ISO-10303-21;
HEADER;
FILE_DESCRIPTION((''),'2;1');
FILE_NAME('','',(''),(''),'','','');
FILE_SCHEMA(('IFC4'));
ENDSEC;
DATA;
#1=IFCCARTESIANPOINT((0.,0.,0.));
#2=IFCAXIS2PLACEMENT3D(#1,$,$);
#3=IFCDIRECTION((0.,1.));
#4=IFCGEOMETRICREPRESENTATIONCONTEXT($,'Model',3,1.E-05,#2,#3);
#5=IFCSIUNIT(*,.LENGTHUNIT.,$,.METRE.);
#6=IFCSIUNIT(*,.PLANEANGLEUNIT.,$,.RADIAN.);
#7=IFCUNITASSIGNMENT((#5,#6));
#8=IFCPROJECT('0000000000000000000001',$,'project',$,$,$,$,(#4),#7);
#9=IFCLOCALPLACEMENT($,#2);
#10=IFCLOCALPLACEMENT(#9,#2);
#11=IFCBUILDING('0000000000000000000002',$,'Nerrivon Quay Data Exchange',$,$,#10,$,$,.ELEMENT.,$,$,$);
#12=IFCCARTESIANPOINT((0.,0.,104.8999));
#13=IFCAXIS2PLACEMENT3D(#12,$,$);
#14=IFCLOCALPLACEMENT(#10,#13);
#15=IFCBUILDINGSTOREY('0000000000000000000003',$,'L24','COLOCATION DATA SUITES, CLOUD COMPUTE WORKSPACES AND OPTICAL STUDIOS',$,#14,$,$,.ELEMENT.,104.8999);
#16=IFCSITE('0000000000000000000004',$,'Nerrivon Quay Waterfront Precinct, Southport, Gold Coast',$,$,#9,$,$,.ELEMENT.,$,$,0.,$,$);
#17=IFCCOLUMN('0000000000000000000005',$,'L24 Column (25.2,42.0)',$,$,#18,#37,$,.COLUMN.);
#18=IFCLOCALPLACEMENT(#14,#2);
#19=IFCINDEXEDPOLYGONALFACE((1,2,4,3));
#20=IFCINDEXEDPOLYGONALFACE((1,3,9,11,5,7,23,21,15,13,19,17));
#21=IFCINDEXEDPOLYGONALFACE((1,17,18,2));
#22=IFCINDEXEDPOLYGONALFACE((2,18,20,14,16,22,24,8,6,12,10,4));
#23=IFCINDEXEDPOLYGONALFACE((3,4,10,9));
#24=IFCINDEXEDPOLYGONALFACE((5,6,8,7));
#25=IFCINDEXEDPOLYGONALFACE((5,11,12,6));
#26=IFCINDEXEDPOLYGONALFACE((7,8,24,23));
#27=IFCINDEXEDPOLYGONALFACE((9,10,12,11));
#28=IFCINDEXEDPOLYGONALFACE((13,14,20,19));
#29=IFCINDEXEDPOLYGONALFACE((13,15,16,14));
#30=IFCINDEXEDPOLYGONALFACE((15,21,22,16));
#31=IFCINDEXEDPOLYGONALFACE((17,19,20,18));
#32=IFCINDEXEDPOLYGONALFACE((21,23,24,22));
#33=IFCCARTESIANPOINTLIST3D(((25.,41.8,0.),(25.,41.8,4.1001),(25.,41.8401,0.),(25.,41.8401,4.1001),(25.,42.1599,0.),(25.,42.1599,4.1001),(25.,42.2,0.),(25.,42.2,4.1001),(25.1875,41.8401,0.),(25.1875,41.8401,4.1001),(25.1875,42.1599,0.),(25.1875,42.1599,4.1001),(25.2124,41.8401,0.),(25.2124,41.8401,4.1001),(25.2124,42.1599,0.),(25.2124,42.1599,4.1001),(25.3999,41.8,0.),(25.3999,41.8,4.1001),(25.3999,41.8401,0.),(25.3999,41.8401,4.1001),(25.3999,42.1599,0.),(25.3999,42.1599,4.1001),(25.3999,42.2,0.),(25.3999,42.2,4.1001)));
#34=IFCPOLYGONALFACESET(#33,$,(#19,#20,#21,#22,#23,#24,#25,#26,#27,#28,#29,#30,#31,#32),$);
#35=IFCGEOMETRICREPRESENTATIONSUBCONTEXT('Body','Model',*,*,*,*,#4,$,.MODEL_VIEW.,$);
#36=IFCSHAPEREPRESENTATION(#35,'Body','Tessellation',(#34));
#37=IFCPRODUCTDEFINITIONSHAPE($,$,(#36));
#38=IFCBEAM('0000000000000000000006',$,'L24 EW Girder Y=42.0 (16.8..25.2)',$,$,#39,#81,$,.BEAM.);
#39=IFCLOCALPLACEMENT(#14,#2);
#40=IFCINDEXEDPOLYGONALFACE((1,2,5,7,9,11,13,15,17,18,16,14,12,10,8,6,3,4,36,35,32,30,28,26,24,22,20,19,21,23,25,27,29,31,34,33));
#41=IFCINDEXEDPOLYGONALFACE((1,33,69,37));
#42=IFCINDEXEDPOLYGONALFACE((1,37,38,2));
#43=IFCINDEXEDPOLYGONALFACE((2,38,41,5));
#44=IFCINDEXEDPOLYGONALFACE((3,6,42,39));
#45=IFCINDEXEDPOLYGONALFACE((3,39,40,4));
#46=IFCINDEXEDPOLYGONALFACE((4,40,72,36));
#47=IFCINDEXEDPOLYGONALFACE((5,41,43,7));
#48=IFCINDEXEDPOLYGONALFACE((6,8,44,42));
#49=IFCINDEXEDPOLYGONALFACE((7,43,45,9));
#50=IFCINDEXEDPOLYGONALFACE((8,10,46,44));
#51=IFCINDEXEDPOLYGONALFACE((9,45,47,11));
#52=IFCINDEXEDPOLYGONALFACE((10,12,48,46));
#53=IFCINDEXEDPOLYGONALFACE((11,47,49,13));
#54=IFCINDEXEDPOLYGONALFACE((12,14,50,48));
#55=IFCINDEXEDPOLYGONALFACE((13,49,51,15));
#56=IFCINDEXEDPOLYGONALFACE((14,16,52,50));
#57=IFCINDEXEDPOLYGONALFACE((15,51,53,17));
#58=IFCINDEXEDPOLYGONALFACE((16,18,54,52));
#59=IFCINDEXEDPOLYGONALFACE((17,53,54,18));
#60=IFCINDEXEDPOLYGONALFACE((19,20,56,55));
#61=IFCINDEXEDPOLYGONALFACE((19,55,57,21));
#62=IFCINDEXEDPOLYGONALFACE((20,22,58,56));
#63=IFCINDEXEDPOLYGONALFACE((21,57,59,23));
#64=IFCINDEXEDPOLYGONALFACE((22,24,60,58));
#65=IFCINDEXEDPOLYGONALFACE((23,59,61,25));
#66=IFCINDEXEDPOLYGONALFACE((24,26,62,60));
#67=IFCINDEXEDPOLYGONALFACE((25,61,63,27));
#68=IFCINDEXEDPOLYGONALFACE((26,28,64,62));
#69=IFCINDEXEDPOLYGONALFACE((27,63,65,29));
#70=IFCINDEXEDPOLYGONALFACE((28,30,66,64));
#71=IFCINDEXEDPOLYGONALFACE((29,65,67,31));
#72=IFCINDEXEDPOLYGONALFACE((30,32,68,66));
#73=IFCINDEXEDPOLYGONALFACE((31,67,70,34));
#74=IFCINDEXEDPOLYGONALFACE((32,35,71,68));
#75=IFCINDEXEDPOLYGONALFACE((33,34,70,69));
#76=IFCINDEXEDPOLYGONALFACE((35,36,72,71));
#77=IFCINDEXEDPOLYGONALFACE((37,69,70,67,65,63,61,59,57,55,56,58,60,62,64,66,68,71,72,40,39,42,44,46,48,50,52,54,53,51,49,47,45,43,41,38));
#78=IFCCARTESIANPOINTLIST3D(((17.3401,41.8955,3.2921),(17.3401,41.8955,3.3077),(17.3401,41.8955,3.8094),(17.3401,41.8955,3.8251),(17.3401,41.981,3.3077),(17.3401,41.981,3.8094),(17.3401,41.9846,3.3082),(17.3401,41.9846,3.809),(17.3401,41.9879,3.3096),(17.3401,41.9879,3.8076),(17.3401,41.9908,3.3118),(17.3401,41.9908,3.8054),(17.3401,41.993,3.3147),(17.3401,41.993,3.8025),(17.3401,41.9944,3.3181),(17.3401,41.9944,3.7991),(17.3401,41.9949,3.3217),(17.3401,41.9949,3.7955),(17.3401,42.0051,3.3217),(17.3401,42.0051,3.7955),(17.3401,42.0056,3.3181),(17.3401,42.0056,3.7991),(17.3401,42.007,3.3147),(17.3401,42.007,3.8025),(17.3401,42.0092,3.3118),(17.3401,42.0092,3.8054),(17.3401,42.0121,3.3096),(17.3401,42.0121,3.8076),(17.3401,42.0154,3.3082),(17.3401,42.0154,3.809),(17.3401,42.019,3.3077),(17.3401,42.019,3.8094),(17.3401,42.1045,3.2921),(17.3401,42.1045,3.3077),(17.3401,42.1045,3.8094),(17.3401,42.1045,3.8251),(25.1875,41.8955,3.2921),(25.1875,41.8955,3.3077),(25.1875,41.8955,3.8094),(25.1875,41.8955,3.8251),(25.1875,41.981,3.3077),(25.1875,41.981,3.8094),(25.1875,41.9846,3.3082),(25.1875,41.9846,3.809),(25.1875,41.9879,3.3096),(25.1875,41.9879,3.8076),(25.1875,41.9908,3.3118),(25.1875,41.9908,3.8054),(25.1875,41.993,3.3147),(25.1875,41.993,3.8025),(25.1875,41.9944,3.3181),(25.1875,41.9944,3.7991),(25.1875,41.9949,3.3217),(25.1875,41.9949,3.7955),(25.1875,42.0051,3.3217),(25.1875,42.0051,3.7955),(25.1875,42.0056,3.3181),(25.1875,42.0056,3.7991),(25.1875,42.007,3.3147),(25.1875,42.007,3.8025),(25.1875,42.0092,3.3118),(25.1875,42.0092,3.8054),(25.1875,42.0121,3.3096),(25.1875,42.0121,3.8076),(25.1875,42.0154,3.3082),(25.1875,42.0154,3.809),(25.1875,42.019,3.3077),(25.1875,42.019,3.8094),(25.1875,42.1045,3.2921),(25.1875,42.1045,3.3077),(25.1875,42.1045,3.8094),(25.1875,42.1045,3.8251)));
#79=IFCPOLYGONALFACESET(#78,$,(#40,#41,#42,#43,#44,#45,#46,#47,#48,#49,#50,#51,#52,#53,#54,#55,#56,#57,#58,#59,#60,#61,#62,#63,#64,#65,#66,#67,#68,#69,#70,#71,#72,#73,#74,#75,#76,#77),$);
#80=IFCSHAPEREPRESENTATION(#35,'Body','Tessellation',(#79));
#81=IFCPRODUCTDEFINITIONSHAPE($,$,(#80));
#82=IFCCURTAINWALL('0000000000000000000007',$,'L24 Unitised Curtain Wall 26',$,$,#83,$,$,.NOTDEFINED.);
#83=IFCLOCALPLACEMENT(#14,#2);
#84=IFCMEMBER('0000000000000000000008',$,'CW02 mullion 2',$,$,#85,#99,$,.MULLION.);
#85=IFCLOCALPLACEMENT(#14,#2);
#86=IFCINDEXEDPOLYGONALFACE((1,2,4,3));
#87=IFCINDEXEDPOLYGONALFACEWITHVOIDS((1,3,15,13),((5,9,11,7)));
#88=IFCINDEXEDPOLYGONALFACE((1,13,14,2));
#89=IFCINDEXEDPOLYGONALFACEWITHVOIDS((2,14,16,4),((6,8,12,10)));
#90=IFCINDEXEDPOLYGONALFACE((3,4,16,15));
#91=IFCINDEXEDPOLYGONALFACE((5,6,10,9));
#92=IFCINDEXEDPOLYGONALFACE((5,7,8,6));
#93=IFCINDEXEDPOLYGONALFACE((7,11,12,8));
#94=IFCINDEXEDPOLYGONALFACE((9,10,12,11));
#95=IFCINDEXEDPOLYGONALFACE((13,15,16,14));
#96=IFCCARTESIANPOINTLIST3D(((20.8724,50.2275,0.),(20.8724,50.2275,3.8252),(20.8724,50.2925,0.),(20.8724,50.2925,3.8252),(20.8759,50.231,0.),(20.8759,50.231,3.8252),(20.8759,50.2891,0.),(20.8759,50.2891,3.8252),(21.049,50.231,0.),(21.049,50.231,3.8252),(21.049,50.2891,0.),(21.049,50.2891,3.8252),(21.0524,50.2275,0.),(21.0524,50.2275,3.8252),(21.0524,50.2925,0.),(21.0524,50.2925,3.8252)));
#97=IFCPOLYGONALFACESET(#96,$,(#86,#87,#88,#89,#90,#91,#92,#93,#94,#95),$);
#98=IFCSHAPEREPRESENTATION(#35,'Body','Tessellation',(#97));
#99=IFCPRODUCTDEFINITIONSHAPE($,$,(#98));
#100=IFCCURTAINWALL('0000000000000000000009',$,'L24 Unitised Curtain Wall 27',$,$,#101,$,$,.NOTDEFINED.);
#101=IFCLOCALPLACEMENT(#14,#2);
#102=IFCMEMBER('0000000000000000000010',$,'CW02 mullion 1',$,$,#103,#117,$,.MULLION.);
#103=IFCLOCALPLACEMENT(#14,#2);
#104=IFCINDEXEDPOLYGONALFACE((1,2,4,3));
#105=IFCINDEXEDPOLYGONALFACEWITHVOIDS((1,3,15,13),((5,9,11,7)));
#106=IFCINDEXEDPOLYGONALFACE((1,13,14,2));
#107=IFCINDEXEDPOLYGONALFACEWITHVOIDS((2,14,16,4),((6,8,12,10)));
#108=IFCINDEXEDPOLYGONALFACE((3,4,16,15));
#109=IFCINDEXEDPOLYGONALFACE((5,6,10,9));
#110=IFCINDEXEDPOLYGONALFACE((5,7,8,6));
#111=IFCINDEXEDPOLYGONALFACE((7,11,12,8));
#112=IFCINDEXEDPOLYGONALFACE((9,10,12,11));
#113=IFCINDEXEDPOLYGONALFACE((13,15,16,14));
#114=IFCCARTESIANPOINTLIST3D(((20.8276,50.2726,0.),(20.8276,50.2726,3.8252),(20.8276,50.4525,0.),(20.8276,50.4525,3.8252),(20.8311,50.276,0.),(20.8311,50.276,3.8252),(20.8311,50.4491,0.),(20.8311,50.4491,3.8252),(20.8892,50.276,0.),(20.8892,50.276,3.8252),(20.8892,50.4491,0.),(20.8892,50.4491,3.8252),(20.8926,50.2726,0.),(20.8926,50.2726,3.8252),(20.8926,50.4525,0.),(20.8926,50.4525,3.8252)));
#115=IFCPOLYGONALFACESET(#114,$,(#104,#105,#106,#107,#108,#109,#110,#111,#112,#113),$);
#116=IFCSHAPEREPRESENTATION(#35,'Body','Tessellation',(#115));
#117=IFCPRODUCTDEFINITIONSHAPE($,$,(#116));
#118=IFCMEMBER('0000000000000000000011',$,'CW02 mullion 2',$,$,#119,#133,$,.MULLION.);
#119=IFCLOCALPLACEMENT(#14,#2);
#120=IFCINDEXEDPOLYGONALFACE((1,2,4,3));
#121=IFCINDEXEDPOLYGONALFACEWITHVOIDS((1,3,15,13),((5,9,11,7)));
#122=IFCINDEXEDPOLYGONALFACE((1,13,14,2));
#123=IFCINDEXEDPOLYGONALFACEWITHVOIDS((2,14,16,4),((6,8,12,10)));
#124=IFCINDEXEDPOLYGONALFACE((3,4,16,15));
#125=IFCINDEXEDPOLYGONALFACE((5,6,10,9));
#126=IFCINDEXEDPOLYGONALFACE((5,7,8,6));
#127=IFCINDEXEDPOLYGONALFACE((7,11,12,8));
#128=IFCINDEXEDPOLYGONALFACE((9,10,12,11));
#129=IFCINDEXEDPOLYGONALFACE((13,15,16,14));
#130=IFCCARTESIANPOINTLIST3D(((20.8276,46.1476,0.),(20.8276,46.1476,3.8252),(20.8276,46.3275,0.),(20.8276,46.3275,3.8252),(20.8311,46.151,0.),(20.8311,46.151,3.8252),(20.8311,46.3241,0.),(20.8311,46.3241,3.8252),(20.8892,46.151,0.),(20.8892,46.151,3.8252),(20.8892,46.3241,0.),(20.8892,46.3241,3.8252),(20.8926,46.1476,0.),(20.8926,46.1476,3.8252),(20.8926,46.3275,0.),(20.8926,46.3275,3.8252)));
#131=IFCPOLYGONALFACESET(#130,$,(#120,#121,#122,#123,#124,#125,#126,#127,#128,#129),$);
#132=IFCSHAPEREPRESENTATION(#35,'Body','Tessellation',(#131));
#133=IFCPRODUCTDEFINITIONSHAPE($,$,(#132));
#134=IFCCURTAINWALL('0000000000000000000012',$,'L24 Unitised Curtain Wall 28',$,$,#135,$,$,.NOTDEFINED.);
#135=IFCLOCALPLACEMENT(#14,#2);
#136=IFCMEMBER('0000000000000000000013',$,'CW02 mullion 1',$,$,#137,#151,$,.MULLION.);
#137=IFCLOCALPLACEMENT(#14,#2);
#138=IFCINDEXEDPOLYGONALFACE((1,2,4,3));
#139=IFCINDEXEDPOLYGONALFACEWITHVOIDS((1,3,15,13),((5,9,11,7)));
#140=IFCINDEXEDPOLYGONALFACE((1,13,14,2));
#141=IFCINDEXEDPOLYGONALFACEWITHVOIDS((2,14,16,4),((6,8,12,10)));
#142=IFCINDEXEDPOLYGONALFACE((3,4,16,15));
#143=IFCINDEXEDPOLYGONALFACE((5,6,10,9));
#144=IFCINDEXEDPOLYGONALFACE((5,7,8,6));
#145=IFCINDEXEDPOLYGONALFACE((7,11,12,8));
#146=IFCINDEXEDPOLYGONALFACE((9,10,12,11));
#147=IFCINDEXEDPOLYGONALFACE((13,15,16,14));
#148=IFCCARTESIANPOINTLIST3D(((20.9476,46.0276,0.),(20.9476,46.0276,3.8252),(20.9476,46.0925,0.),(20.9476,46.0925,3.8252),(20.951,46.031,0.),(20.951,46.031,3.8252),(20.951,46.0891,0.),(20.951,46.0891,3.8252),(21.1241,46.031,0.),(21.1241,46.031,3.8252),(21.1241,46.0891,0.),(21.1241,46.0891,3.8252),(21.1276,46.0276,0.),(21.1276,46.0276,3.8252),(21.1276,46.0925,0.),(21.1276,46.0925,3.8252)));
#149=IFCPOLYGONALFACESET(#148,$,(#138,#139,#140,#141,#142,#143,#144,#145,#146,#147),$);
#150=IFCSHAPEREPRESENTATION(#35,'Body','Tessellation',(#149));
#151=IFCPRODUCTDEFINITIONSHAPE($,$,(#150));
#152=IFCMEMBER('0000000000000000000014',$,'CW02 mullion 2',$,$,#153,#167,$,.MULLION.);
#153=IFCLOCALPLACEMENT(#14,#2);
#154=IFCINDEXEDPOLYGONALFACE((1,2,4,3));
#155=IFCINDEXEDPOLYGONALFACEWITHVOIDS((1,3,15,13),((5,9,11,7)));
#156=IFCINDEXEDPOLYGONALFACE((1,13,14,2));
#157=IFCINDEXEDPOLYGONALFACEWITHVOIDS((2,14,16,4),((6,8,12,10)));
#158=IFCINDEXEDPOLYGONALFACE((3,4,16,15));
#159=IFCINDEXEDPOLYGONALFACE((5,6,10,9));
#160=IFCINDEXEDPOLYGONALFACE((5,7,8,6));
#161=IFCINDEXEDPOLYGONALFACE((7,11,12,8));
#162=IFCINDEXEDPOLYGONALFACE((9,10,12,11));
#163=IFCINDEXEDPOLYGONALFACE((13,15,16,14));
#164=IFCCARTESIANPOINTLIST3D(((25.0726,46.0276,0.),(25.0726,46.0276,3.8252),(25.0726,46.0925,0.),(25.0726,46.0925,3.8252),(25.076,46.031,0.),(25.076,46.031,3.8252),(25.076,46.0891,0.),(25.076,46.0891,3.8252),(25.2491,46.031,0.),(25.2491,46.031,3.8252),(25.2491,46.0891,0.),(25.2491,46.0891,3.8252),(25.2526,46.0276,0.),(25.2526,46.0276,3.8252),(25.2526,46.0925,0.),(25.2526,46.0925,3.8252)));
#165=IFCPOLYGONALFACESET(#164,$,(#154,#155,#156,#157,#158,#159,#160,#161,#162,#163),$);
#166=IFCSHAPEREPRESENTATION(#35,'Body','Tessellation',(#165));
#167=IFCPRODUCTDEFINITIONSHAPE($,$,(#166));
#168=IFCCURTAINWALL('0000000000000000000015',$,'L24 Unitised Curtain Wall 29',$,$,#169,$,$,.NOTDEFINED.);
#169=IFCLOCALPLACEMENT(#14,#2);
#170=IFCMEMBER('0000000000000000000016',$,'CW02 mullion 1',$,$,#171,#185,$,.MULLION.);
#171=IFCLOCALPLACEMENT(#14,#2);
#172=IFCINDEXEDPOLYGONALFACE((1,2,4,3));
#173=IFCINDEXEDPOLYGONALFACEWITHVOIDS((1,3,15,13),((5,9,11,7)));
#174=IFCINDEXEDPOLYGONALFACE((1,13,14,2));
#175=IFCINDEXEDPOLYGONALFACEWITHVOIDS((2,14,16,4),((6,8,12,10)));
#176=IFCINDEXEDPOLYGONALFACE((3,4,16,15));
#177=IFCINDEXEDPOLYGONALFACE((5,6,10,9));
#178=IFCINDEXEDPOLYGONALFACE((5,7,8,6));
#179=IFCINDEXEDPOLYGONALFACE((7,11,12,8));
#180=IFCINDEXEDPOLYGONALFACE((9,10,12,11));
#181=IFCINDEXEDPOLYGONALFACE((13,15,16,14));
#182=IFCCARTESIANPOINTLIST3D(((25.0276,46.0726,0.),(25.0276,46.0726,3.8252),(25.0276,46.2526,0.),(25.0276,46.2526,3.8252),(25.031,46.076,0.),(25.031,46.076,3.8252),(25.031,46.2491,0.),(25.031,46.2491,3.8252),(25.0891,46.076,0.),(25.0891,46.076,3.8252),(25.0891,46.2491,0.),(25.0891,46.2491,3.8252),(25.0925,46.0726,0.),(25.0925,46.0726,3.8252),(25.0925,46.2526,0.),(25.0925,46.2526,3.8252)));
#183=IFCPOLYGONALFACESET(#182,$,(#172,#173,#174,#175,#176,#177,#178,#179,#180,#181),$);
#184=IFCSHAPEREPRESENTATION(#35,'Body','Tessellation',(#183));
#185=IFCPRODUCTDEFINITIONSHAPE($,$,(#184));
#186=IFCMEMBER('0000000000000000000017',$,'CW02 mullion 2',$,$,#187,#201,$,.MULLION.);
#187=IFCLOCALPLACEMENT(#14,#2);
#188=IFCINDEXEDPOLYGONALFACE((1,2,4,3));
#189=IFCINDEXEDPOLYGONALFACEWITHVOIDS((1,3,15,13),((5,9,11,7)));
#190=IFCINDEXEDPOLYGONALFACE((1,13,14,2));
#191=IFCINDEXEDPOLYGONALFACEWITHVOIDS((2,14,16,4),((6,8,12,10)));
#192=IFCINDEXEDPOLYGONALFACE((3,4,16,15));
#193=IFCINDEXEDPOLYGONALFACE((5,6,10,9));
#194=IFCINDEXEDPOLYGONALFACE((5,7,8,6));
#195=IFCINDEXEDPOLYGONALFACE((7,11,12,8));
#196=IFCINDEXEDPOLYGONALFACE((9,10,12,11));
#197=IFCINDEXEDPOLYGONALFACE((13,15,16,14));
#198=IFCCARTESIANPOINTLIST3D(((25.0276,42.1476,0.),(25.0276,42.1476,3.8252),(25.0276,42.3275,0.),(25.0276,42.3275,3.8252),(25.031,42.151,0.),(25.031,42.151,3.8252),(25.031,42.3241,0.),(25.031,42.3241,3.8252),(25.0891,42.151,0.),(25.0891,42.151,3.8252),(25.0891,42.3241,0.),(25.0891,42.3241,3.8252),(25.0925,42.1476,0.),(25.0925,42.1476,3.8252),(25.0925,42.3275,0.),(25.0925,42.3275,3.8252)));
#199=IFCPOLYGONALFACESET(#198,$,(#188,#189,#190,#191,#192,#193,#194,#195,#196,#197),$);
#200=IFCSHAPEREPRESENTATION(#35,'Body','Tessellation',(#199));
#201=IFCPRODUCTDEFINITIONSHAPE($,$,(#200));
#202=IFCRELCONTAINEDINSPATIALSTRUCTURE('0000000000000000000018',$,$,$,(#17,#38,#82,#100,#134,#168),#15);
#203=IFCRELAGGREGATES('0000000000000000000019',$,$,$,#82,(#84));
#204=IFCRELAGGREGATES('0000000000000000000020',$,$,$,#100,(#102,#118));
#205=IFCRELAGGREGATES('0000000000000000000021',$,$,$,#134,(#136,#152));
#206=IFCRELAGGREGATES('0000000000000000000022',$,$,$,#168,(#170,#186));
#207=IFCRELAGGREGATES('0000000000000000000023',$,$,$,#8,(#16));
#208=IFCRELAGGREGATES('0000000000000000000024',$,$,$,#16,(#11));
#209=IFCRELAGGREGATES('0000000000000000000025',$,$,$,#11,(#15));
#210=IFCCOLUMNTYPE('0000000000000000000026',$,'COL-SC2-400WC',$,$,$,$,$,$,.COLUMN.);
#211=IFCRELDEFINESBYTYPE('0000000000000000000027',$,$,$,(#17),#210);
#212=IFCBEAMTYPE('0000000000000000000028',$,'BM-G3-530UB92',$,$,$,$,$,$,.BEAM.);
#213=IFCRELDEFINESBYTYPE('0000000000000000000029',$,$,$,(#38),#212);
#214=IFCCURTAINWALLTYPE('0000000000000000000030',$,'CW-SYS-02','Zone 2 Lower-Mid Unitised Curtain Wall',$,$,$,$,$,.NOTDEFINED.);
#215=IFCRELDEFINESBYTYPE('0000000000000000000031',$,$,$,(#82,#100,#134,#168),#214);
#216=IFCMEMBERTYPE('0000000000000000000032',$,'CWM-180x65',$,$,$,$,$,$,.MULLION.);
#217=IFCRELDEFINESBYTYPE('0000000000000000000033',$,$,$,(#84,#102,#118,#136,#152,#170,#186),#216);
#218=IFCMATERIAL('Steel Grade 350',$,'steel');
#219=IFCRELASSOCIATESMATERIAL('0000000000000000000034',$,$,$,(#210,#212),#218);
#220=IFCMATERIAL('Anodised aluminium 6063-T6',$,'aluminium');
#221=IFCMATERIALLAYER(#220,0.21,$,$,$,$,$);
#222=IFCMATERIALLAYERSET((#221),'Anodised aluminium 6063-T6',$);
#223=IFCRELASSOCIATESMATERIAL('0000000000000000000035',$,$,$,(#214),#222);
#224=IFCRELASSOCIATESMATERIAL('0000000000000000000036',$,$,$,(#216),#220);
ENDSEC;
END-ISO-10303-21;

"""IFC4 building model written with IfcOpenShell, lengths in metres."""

from ifc_helpers import new_model, si_unit, direction, frame, origin, origin_2d, place, context, subcontext, project, spatial, hollow_rectangle, i_section, extrude, material, layer, layer_set, material_profile, profile_set, type_object, element, aggregate, save


model = new_model("IFC4")

# Units and contexts
model_context = context("Model", 3, precision=1e-05, world=origin(), true_north=direction((0.0, 1.0)))
body_context = subcontext(model_context, "Body", "Model", "MODEL_VIEW")
ifc_project = project(units=[si_unit("LENGTHUNIT", "METRE"), si_unit("PLANEANGLEUNIT", "RADIAN")], contexts=[model_context])

# Site, building, storey
site_placement = place(None, origin())
site = spatial("IfcSite", under=ifc_project, at=site_placement, Name="Nerrivon Quay Waterfront Precinct, Southport, Gold Coast", CompositionType="ELEMENT", RefElevation=0.0)
building_placement = place(site_placement, origin())
building = spatial("IfcBuilding", under=site, at=building_placement, Name="Nerrivon Quay Data Exchange", CompositionType="ELEMENT")
storey_placement = place(building_placement, frame((0.0, 0.0, 104.8999)))
storey = spatial("IfcBuildingStorey", under=building, at=storey_placement, Name="L24", Description="COLOCATION DATA SUITES, CLOUD COMPUTE WORKSPACES AND OPTICAL STUDIOS", CompositionType="ELEMENT", Elevation=104.8999)

# Column
ifc_material_1 = material(Name="Steel Grade 350", Category="steel")
ifc_material_profile_1 = material_profile(ifc_material_1, i_section(OverallWidth=0.3999, OverallDepth=0.3999, WebThickness=0.0249, FlangeThickness=0.04, at=origin_2d()), Name="400WC328")
ifc_profile_set_1 = profile_set([ifc_material_profile_1], Name="Steel Grade 350")
column_type = type_object("IfcColumnType", Name="COL-SC2-400WC", PredefinedType="COLUMN", material=ifc_profile_set_1)
column_placement = place(storey_placement, frame((25.2, 42.0, 0.0), z_axis=(0.0, 0.0, 1.0), x_axis=(1.0, 0.0, 0.0)))
element("IfcColumn", 1, at=column_placement, inside=storey, type_object=column_type, Name="L24 Column (25.2,42.0)", PredefinedType="COLUMN", context=body_context, shape_type="SweptSolid", body=[
    extrude(i_section(OverallWidth=0.3999, OverallDepth=0.3999, WebThickness=0.0249, FlangeThickness=0.04, at=origin_2d()), origin(), (0.0, 0.0, 1.0), 4.1001),
])

# Beam
ifc_material_profile_2 = material_profile(ifc_material_1, i_section(OverallWidth=0.209, OverallDepth=0.533, WebThickness=0.0103, FlangeThickness=0.0156, FilletRadius=0.0139, at=origin_2d()), Name="530UB92.4")
ifc_profile_set_2 = profile_set([ifc_material_profile_2], Name="Steel Grade 350")
beam_type = type_object("IfcBeamType", Name="BM-G3-530UB92", PredefinedType="BEAM", material=ifc_profile_set_2)
beam_placement = place(storey_placement, frame((17.3401, 42.0, 3.5586), z_axis=(1.0, 0.0, 0.0), x_axis=(0.0, 1.0, 0.0)))
element("IfcBeam", 2, at=beam_placement, inside=storey, type_object=beam_type, Name="L24 EW Girder Y=42.0 (16.8..25.2)", PredefinedType="BEAM", context=body_context, shape_type="SweptSolid", body=[
    extrude(i_section(OverallWidth=0.209, OverallDepth=0.533, WebThickness=0.0103, FlangeThickness=0.0156, FilletRadius=0.0139, at=origin_2d()), origin(), (0.0, 0.0, 1.0), 7.8474),
])

# Curtain wall, member
ifc_material_2 = material(Name="Anodised aluminium 6063-T6", Category="aluminium")
ifc_layer_1 = layer(ifc_material_2, 0.21)
ifc_layer_set_1 = layer_set([ifc_layer_1], Name="Anodised aluminium 6063-T6")
curtain_wall_type = type_object("IfcCurtainWallType", Name="CW-SYS-02", Description="Zone 2 Lower-Mid Unitised Curtain Wall", PredefinedType="NOTDEFINED", material=ifc_layer_set_1)
curtain_wall_1_placement = place(storey_placement, origin())
curtain_wall_1 = element("IfcCurtainWall", 3, at=curtain_wall_1_placement, inside=storey, type_object=curtain_wall_type, Name="L24 Unitised Curtain Wall 26", PredefinedType="NOTDEFINED")
ifc_material_profile_3 = material_profile(ifc_material_2, hollow_rectangle(XDim=0.0649, YDim=0.1799, WallThickness=0.0034, at=origin_2d()), Name="ALU-MULL-180x65")
ifc_profile_set_3 = profile_set([ifc_material_profile_3], Name="Anodised aluminium 6063-T6")
member_type_1 = type_object("IfcMemberType", Name="CWM-180x65", PredefinedType="MULLION", material=ifc_profile_set_3)
member_1_placement = place(storey_placement, frame((20.9624, 50.26, 0.0), z_axis=(0.0, 0.0, 1.0), x_axis=(0.0, 1.0, 0.0)))
member_1 = element("IfcMember", 4, at=member_1_placement, type_object=member_type_1, Name="CW02 mullion 2", PredefinedType="MULLION", context=body_context, shape_type="SweptSolid", body=[
    extrude(hollow_rectangle(XDim=0.0649, YDim=0.1799, WallThickness=0.0034, at=origin_2d()), origin(), (0.0, 0.0, 1.0), 3.8252),
])

# Curtain walls, members
curtain_wall_2_placement = place(storey_placement, origin())
curtain_wall_2 = element("IfcCurtainWall", 5, at=curtain_wall_2_placement, inside=storey, type_object=curtain_wall_type, Name="L24 Unitised Curtain Wall 27", PredefinedType="NOTDEFINED")
member_2_placement = place(storey_placement, frame((20.8601, 50.3625, 0.0), z_axis=(0.0, 0.0, 1.0), x_axis=(1.0, 0.0, 0.0)))
member_2 = element("IfcMember", 6, at=member_2_placement, type_object=member_type_1, Name="CW02 mullion 1", PredefinedType="MULLION", context=body_context, shape_type="SweptSolid", body=[
    extrude(hollow_rectangle(XDim=0.0649, YDim=0.1799, WallThickness=0.0034, at=origin_2d()), origin(), (0.0, 0.0, 1.0), 3.8252),
])
member_3_placement = place(storey_placement, frame((20.8601, 46.2375, 0.0), z_axis=(0.0, 0.0, 1.0), x_axis=(1.0, 0.0, 0.0)))
member_3 = element("IfcMember", 7, at=member_3_placement, type_object=member_type_1, Name="CW02 mullion 2", PredefinedType="MULLION", context=body_context, shape_type="SweptSolid", body=[
    extrude(hollow_rectangle(XDim=0.0649, YDim=0.1799, WallThickness=0.0034, at=origin_2d()), origin(), (0.0, 0.0, 1.0), 3.8252),
])
curtain_wall_3_placement = place(storey_placement, origin())
curtain_wall_3 = element("IfcCurtainWall", 8, at=curtain_wall_3_placement, inside=storey, type_object=curtain_wall_type, Name="L24 Unitised Curtain Wall 28", PredefinedType="NOTDEFINED")
member_4_placement = place(storey_placement, frame((21.0376, 46.0601, 0.0), z_axis=(0.0, 0.0, 1.0), x_axis=(0.0, 1.0, 0.0)))
member_4 = element("IfcMember", 9, at=member_4_placement, type_object=member_type_1, Name="CW02 mullion 1", PredefinedType="MULLION", context=body_context, shape_type="SweptSolid", body=[
    extrude(hollow_rectangle(XDim=0.0649, YDim=0.1799, WallThickness=0.0034, at=origin_2d()), origin(), (0.0, 0.0, 1.0), 3.8252),
])
member_5_placement = place(storey_placement, frame((25.1626, 46.0601, 0.0), z_axis=(0.0, 0.0, 1.0), x_axis=(0.0, 1.0, 0.0)))
member_5 = element("IfcMember", 10, at=member_5_placement, type_object=member_type_1, Name="CW02 mullion 2", PredefinedType="MULLION", context=body_context, shape_type="SweptSolid", body=[
    extrude(hollow_rectangle(XDim=0.0649, YDim=0.1799, WallThickness=0.0034, at=origin_2d()), origin(), (0.0, 0.0, 1.0), 3.8252),
])
curtain_wall_4_placement = place(storey_placement, origin())
curtain_wall_4 = element("IfcCurtainWall", 11, at=curtain_wall_4_placement, inside=storey, type_object=curtain_wall_type, Name="L24 Unitised Curtain Wall 29", PredefinedType="NOTDEFINED")
member_6_placement = place(storey_placement, frame((25.0601, 46.1626, 0.0), z_axis=(0.0, 0.0, 1.0), x_axis=(1.0, 0.0, 0.0)))
member_6 = element("IfcMember", 12, at=member_6_placement, type_object=member_type_1, Name="CW02 mullion 1", PredefinedType="MULLION", context=body_context, shape_type="SweptSolid", body=[
    extrude(hollow_rectangle(XDim=0.0649, YDim=0.1799, WallThickness=0.0034, at=origin_2d()), origin(), (0.0, 0.0, 1.0), 3.8252),
])
member_7_placement = place(storey_placement, frame((25.0601, 42.2375, 0.0), z_axis=(0.0, 0.0, 1.0), x_axis=(1.0, 0.0, 0.0)))
member_7 = element("IfcMember", 13, at=member_7_placement, type_object=member_type_1, Name="CW02 mullion 2", PredefinedType="MULLION", context=body_context, shape_type="SweptSolid", body=[
    extrude(hollow_rectangle(XDim=0.0649, YDim=0.1799, WallThickness=0.0034, at=origin_2d()), origin(), (0.0, 0.0, 1.0), 3.8252),
])

aggregate(curtain_wall_1, [member_1])
aggregate(curtain_wall_2, [member_2, member_3])
aggregate(curtain_wall_3, [member_4, member_5])
aggregate(curtain_wall_4, [member_6, member_7])

save(model, "model.ifc")
